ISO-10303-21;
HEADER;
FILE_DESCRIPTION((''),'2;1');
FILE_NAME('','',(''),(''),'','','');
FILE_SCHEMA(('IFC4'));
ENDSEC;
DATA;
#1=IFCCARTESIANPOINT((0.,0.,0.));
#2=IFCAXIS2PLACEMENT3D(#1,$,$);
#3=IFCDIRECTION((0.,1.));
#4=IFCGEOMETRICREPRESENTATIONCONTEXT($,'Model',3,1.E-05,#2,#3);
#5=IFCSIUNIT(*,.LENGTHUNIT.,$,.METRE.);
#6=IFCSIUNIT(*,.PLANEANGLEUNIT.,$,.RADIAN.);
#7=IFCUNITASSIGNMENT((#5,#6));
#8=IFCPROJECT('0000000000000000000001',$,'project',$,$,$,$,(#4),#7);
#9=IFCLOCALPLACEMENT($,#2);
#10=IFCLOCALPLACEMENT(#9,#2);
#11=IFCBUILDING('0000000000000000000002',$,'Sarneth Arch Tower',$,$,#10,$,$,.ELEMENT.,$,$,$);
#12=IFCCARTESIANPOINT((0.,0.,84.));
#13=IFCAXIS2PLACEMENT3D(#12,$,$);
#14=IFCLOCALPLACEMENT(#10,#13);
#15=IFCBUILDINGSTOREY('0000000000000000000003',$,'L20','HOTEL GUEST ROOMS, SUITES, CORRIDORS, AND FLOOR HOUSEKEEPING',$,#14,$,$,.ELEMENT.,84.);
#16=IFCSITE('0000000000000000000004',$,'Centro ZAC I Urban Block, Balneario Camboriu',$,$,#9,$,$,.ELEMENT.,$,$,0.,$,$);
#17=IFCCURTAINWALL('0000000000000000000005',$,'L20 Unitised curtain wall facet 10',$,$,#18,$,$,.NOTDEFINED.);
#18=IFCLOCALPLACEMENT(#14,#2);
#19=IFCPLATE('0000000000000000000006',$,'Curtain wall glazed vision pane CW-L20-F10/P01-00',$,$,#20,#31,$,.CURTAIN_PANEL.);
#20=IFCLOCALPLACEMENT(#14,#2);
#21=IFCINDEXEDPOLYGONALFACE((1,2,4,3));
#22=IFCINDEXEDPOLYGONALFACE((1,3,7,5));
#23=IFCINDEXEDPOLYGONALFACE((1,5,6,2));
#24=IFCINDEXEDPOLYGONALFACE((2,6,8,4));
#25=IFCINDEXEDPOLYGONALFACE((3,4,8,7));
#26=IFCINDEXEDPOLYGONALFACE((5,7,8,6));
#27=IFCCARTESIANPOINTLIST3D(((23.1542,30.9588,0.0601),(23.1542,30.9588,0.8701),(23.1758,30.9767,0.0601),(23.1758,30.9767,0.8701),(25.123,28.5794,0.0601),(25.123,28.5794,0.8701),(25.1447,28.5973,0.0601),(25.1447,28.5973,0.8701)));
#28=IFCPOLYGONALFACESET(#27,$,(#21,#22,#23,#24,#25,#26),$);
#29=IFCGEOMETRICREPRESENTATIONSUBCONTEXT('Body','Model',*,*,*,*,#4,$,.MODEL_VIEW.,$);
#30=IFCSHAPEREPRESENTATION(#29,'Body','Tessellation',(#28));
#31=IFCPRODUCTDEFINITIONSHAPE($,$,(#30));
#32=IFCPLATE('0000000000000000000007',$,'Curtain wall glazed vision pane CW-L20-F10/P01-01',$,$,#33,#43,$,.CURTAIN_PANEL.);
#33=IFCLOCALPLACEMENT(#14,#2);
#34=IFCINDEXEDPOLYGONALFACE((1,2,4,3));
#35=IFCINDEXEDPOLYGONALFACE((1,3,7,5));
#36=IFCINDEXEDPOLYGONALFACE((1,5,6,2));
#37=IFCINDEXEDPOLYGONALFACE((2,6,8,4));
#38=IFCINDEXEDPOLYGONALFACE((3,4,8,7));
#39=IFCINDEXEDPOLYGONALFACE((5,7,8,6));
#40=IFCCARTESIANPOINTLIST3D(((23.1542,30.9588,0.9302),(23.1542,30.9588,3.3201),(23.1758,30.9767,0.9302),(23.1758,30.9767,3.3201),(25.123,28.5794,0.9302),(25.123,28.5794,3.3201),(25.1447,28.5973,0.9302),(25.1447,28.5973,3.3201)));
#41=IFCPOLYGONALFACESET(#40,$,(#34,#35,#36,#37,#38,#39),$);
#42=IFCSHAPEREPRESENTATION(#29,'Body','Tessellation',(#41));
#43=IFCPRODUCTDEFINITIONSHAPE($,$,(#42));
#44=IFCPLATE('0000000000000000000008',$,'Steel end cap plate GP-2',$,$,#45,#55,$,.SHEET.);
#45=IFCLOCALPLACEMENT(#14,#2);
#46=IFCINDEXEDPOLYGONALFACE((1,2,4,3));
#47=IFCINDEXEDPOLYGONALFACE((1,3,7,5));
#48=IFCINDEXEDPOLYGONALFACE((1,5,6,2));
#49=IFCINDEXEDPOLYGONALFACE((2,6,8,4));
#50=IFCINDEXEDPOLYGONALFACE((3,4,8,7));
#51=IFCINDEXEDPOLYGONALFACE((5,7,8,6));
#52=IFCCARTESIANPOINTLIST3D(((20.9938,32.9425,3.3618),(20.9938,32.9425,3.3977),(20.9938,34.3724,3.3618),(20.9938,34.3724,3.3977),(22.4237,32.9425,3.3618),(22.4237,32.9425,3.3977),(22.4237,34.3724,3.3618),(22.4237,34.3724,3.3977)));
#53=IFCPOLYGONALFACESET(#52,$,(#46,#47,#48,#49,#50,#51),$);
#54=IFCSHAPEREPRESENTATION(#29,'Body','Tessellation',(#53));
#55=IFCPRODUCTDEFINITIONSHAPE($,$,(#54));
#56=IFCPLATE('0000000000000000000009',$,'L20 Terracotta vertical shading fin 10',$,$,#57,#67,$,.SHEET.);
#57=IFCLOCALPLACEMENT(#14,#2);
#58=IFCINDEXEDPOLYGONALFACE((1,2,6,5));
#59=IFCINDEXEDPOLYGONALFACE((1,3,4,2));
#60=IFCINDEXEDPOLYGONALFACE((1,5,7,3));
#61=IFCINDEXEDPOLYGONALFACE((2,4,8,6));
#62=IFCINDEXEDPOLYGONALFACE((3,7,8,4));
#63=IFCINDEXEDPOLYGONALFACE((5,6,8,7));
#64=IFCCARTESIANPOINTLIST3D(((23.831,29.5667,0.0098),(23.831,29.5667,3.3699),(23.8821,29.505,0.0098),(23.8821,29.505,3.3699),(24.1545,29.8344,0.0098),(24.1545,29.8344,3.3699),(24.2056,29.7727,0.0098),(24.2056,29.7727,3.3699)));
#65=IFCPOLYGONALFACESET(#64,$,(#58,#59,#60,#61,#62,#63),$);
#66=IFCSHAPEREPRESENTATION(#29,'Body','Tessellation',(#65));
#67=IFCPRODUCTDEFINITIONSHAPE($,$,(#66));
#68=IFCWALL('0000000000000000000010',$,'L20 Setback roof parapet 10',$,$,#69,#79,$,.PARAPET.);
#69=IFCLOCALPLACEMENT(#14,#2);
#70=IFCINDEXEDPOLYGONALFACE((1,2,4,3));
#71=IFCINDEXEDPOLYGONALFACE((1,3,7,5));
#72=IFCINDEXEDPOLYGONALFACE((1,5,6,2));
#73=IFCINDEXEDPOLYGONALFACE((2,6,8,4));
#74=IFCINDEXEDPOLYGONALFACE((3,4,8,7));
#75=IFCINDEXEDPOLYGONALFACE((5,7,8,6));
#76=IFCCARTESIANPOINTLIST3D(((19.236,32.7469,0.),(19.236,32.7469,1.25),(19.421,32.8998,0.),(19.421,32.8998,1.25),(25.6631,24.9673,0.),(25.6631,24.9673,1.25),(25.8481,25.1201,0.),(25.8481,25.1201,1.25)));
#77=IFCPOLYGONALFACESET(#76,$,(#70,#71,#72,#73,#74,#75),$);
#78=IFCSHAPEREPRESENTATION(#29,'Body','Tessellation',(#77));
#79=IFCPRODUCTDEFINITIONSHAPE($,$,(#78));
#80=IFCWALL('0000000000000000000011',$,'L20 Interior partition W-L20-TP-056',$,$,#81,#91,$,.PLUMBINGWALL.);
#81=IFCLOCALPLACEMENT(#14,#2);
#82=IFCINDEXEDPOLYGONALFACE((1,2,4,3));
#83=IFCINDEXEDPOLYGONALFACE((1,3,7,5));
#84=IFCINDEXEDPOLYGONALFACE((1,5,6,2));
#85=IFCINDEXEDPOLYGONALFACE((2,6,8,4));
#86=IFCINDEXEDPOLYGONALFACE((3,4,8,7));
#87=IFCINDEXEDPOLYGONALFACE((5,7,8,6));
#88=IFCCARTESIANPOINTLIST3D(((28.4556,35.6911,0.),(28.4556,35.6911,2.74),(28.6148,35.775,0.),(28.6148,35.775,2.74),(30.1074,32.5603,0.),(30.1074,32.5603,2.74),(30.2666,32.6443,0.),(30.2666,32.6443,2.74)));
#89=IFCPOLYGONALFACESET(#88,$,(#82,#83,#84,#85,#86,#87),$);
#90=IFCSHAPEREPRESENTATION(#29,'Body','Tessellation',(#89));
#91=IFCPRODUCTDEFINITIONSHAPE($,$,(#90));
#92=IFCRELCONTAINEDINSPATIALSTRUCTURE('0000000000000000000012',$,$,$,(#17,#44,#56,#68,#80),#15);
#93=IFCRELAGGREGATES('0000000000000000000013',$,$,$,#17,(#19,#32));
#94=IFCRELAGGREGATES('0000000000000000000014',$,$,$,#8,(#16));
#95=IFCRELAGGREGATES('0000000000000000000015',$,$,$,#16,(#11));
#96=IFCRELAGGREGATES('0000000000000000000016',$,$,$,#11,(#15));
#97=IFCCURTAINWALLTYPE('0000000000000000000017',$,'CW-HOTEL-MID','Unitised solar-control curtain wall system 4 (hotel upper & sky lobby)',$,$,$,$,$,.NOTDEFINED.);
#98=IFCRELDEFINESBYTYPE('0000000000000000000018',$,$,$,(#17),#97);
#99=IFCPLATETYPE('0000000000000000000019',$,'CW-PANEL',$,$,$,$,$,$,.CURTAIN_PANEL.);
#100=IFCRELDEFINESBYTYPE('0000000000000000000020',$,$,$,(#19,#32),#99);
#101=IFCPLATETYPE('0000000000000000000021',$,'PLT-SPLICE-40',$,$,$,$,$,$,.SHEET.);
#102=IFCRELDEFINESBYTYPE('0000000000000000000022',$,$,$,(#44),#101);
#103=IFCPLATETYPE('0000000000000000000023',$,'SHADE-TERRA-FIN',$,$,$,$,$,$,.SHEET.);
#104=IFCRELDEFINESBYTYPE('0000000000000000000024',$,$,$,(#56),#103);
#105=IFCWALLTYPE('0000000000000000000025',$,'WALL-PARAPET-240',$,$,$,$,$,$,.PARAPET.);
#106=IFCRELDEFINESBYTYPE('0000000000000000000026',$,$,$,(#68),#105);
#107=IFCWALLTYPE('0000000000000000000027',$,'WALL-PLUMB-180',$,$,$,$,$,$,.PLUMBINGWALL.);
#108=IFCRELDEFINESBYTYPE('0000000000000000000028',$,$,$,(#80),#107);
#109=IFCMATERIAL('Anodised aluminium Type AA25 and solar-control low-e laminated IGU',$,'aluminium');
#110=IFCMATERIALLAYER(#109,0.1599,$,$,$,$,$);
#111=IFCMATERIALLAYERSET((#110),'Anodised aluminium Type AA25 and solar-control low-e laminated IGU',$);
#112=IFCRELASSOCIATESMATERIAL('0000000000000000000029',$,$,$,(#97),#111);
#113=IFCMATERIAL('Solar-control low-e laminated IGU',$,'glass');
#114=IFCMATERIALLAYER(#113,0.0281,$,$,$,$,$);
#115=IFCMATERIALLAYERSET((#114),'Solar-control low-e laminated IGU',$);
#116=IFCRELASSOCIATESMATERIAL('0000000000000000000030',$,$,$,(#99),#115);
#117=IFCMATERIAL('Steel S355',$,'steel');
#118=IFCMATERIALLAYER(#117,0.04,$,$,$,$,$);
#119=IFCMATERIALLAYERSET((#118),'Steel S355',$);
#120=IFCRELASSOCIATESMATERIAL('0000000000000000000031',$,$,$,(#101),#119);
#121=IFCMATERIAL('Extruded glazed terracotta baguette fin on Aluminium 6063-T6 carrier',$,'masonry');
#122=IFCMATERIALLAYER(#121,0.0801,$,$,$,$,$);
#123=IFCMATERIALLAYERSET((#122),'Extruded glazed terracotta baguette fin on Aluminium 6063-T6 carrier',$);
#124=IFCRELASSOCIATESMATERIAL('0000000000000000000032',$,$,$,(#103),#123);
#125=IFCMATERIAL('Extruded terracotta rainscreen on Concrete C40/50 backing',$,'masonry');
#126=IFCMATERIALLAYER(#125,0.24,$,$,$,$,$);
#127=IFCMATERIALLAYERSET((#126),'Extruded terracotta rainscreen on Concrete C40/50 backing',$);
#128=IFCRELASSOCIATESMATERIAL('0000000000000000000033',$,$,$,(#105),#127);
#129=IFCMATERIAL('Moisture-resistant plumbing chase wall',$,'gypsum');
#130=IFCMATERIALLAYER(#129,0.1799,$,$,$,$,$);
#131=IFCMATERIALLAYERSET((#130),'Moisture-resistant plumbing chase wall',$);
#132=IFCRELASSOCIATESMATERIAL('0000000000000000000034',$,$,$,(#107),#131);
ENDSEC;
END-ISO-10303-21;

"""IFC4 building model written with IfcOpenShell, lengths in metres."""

from ifc_helpers import new_model, si_unit, direction, frame, frame_2d, origin, origin_2d, place, context, subcontext, project, spatial, rectangle, extrude, material, layer, layer_set, type_object, element, aggregate, save


model = new_model("IFC4")

# Units and contexts
model_context = context("Model", 3, precision=1e-05, world=origin(), true_north=direction((0.0, 1.0)))
body_context = subcontext(model_context, "Body", "Model", "MODEL_VIEW")
ifc_project = project(units=[si_unit("LENGTHUNIT", "METRE"), si_unit("PLANEANGLEUNIT", "RADIAN")], contexts=[model_context])

# Site, building, storey
site_placement = place(None, origin())
site = spatial("IfcSite", under=ifc_project, at=site_placement, Name="Centro ZAC I Urban Block, Balneario Camboriu", CompositionType="ELEMENT", RefElevation=0.0)
building_placement = place(site_placement, origin())
building = spatial("IfcBuilding", under=site, at=building_placement, Name="Sarneth Arch Tower", CompositionType="ELEMENT")
storey_placement = place(building_placement, frame((0.0, 0.0, 84.0)))
storey = spatial("IfcBuildingStorey", under=building, at=storey_placement, Name="L20", Description="HOTEL GUEST ROOMS, SUITES, CORRIDORS, AND FLOOR HOUSEKEEPING", CompositionType="ELEMENT", Elevation=84.0)

# Curtain wall, plates
ifc_material_1 = material(Name="Anodised aluminium Type AA25 and solar-control low-e laminated IGU", Category="aluminium")
ifc_layer_1 = layer(ifc_material_1, 0.1599)
ifc_layer_set_1 = layer_set([ifc_layer_1], Name="Anodised aluminium Type AA25 and solar-control low-e laminated IGU")
curtain_wall_type = type_object("IfcCurtainWallType", Name="CW-HOTEL-MID", Description="Unitised solar-control curtain wall system 4 (hotel upper & sky lobby)", PredefinedType="NOTDEFINED", material=ifc_layer_set_1)
curtain_wall_placement = place(storey_placement, origin())
curtain_wall = element("IfcCurtainWall", 1, at=curtain_wall_placement, inside=storey, type_object=curtain_wall_type, Name="L20 Unitised curtain wall facet 10", PredefinedType="NOTDEFINED")
ifc_material_2 = material(Name="Solar-control low-e laminated IGU", Category="glass")
ifc_layer_2 = layer(ifc_material_2, 0.0281)
ifc_layer_set_2 = layer_set([ifc_layer_2], Name="Solar-control low-e laminated IGU")
plate_type_1 = type_object("IfcPlateType", Name="CW-PANEL", PredefinedType="CURTAIN_PANEL", material=ifc_layer_set_2)
plate_1_placement = place(storey_placement, frame((24.1494, 29.7781, 0.0601), z_axis=(0.0, 0.0, 1.0), x_axis=(0.637515, -0.770438, 0.0)))
plate_1 = element("IfcPlate", 2, at=plate_1_placement, type_object=plate_type_1, Name="Curtain wall glazed vision pane CW-L20-F10/P01-00", PredefinedType="CURTAIN_PANEL", context=body_context, shape_type="SweptSolid", body=[
    extrude(rectangle(XDim=3.0884, YDim=0.0281, at=origin_2d()), origin(), (0.0, 0.0, 1.0), 0.8101),
])
plate_2_placement = place(storey_placement, frame((24.1494, 29.7781, 0.9302), z_axis=(0.0, 0.0, 1.0), x_axis=(0.637515, -0.770438, 0.0)))
plate_2 = element("IfcPlate", 3, at=plate_2_placement, type_object=plate_type_1, Name="Curtain wall glazed vision pane CW-L20-F10/P01-01", PredefinedType="CURTAIN_PANEL", context=body_context, shape_type="SweptSolid", body=[
    extrude(rectangle(XDim=3.0884, YDim=0.0281, at=origin_2d()), origin(), (0.0, 0.0, 1.0), 2.3899),
])
aggregate(curtain_wall, [plate_1, plate_2])

# Plates
ifc_material_3 = material(Name="Steel S355", Category="steel")
ifc_layer_3 = layer(ifc_material_3, 0.04)
ifc_layer_set_3 = layer_set([ifc_layer_3], Name="Steel S355")
plate_type_2 = type_object("IfcPlateType", Name="PLT-SPLICE-40", PredefinedType="SHEET", material=ifc_layer_set_3)
plate_3_placement = place(storey_placement, frame((21.7087, 33.6575, 3.3618), z_axis=(0.0, 0.0, 1.0), x_axis=(1.0, 0.0, 0.0)))
element("IfcPlate", 4, at=plate_3_placement, inside=storey, type_object=plate_type_2, Name="Steel end cap plate GP-2", PredefinedType="SHEET", context=body_context, shape_type="SweptSolid", body=[
    extrude(rectangle(XDim=1.4299, YDim=1.4299, at=origin_2d()), origin(), (0.0, 0.0, 1.0), 0.0359),
])
ifc_material_4 = material(Name="Extruded glazed terracotta baguette fin on Aluminium 6063-T6 carrier", Category="masonry")
ifc_layer_4 = layer(ifc_material_4, 0.0801)
ifc_layer_set_4 = layer_set([ifc_layer_4], Name="Extruded glazed terracotta baguette fin on Aluminium 6063-T6 carrier")
plate_type_3 = type_object("IfcPlateType", Name="SHADE-TERRA-FIN", PredefinedType="SHEET", material=ifc_layer_set_4)
plate_4_placement = place(storey_placement, frame((24.0183, 29.6697, 0.0098), z_axis=(0.0, 0.0, 1.0), x_axis=(-0.770402, -0.637558, 0.0)))
element("IfcPlate", 5, at=plate_4_placement, inside=storey, type_object=plate_type_3, Name="L20 Terracotta vertical shading fin 10", PredefinedType="SHEET", context=body_context, shape_type="SweptSolid", body=[
    extrude(rectangle(XDim=0.4199, YDim=0.0801, at=origin_2d()), origin(), (0.0, 0.0, 1.0), 3.3601),
])

# Walls
ifc_material_5 = material(Name="Extruded terracotta rainscreen on Concrete C40/50 backing", Category="masonry")
ifc_layer_5 = layer(ifc_material_5, 0.24)
ifc_layer_set_5 = layer_set([ifc_layer_5], Name="Extruded terracotta rainscreen on Concrete C40/50 backing")
wall_type_1 = type_object("IfcWallType", Name="WALL-PARAPET-240", PredefinedType="PARAPET", material=ifc_layer_set_5)
wall_1_placement = place(storey_placement, frame((19.3286, 32.8232, 0.0), z_axis=(0.0, 0.0, 1.0), x_axis=(0.636906, -0.770941, 0.0)))
element("IfcWall", 6, at=wall_1_placement, inside=storey, type_object=wall_type_1, Name="L20 Setback roof parapet 10", PredefinedType="PARAPET", context=body_context, shape_type="SweptSolid", body=[
    extrude(rectangle(XDim=10.0911, YDim=0.24, at=frame_2d((5.0454, 0.0))), origin(), (0.0, 0.0, 1.0), 1.25),
])
ifc_material_6 = material(Name="Moisture-resistant plumbing chase wall", Category="gypsum")
ifc_layer_6 = layer(ifc_material_6, 0.1799)
ifc_layer_set_6 = layer_set([ifc_layer_6], Name="Moisture-resistant plumbing chase wall")
wall_type_2 = type_object("IfcWallType", Name="WALL-PLUMB-180", PredefinedType="PLUMBINGWALL", material=ifc_layer_set_6)
wall_2_placement = place(storey_placement, frame((28.5352, 35.7332, 0.0), z_axis=(0.0, 0.0, 1.0), x_axis=(0.466639, -0.884448, 0.0)))
element("IfcWall", 7, at=wall_2_placement, inside=storey, type_object=wall_type_2, Name="L20 Interior partition W-L20-TP-056", PredefinedType="PLUMBINGWALL", context=body_context, shape_type="SweptSolid", body=[
    extrude(rectangle(XDim=3.5398, YDim=0.1799, at=frame_2d((1.77, 0.0))), origin(), (0.0, 0.0, 1.0), 2.74),
])

save(model, "model.ifc")
